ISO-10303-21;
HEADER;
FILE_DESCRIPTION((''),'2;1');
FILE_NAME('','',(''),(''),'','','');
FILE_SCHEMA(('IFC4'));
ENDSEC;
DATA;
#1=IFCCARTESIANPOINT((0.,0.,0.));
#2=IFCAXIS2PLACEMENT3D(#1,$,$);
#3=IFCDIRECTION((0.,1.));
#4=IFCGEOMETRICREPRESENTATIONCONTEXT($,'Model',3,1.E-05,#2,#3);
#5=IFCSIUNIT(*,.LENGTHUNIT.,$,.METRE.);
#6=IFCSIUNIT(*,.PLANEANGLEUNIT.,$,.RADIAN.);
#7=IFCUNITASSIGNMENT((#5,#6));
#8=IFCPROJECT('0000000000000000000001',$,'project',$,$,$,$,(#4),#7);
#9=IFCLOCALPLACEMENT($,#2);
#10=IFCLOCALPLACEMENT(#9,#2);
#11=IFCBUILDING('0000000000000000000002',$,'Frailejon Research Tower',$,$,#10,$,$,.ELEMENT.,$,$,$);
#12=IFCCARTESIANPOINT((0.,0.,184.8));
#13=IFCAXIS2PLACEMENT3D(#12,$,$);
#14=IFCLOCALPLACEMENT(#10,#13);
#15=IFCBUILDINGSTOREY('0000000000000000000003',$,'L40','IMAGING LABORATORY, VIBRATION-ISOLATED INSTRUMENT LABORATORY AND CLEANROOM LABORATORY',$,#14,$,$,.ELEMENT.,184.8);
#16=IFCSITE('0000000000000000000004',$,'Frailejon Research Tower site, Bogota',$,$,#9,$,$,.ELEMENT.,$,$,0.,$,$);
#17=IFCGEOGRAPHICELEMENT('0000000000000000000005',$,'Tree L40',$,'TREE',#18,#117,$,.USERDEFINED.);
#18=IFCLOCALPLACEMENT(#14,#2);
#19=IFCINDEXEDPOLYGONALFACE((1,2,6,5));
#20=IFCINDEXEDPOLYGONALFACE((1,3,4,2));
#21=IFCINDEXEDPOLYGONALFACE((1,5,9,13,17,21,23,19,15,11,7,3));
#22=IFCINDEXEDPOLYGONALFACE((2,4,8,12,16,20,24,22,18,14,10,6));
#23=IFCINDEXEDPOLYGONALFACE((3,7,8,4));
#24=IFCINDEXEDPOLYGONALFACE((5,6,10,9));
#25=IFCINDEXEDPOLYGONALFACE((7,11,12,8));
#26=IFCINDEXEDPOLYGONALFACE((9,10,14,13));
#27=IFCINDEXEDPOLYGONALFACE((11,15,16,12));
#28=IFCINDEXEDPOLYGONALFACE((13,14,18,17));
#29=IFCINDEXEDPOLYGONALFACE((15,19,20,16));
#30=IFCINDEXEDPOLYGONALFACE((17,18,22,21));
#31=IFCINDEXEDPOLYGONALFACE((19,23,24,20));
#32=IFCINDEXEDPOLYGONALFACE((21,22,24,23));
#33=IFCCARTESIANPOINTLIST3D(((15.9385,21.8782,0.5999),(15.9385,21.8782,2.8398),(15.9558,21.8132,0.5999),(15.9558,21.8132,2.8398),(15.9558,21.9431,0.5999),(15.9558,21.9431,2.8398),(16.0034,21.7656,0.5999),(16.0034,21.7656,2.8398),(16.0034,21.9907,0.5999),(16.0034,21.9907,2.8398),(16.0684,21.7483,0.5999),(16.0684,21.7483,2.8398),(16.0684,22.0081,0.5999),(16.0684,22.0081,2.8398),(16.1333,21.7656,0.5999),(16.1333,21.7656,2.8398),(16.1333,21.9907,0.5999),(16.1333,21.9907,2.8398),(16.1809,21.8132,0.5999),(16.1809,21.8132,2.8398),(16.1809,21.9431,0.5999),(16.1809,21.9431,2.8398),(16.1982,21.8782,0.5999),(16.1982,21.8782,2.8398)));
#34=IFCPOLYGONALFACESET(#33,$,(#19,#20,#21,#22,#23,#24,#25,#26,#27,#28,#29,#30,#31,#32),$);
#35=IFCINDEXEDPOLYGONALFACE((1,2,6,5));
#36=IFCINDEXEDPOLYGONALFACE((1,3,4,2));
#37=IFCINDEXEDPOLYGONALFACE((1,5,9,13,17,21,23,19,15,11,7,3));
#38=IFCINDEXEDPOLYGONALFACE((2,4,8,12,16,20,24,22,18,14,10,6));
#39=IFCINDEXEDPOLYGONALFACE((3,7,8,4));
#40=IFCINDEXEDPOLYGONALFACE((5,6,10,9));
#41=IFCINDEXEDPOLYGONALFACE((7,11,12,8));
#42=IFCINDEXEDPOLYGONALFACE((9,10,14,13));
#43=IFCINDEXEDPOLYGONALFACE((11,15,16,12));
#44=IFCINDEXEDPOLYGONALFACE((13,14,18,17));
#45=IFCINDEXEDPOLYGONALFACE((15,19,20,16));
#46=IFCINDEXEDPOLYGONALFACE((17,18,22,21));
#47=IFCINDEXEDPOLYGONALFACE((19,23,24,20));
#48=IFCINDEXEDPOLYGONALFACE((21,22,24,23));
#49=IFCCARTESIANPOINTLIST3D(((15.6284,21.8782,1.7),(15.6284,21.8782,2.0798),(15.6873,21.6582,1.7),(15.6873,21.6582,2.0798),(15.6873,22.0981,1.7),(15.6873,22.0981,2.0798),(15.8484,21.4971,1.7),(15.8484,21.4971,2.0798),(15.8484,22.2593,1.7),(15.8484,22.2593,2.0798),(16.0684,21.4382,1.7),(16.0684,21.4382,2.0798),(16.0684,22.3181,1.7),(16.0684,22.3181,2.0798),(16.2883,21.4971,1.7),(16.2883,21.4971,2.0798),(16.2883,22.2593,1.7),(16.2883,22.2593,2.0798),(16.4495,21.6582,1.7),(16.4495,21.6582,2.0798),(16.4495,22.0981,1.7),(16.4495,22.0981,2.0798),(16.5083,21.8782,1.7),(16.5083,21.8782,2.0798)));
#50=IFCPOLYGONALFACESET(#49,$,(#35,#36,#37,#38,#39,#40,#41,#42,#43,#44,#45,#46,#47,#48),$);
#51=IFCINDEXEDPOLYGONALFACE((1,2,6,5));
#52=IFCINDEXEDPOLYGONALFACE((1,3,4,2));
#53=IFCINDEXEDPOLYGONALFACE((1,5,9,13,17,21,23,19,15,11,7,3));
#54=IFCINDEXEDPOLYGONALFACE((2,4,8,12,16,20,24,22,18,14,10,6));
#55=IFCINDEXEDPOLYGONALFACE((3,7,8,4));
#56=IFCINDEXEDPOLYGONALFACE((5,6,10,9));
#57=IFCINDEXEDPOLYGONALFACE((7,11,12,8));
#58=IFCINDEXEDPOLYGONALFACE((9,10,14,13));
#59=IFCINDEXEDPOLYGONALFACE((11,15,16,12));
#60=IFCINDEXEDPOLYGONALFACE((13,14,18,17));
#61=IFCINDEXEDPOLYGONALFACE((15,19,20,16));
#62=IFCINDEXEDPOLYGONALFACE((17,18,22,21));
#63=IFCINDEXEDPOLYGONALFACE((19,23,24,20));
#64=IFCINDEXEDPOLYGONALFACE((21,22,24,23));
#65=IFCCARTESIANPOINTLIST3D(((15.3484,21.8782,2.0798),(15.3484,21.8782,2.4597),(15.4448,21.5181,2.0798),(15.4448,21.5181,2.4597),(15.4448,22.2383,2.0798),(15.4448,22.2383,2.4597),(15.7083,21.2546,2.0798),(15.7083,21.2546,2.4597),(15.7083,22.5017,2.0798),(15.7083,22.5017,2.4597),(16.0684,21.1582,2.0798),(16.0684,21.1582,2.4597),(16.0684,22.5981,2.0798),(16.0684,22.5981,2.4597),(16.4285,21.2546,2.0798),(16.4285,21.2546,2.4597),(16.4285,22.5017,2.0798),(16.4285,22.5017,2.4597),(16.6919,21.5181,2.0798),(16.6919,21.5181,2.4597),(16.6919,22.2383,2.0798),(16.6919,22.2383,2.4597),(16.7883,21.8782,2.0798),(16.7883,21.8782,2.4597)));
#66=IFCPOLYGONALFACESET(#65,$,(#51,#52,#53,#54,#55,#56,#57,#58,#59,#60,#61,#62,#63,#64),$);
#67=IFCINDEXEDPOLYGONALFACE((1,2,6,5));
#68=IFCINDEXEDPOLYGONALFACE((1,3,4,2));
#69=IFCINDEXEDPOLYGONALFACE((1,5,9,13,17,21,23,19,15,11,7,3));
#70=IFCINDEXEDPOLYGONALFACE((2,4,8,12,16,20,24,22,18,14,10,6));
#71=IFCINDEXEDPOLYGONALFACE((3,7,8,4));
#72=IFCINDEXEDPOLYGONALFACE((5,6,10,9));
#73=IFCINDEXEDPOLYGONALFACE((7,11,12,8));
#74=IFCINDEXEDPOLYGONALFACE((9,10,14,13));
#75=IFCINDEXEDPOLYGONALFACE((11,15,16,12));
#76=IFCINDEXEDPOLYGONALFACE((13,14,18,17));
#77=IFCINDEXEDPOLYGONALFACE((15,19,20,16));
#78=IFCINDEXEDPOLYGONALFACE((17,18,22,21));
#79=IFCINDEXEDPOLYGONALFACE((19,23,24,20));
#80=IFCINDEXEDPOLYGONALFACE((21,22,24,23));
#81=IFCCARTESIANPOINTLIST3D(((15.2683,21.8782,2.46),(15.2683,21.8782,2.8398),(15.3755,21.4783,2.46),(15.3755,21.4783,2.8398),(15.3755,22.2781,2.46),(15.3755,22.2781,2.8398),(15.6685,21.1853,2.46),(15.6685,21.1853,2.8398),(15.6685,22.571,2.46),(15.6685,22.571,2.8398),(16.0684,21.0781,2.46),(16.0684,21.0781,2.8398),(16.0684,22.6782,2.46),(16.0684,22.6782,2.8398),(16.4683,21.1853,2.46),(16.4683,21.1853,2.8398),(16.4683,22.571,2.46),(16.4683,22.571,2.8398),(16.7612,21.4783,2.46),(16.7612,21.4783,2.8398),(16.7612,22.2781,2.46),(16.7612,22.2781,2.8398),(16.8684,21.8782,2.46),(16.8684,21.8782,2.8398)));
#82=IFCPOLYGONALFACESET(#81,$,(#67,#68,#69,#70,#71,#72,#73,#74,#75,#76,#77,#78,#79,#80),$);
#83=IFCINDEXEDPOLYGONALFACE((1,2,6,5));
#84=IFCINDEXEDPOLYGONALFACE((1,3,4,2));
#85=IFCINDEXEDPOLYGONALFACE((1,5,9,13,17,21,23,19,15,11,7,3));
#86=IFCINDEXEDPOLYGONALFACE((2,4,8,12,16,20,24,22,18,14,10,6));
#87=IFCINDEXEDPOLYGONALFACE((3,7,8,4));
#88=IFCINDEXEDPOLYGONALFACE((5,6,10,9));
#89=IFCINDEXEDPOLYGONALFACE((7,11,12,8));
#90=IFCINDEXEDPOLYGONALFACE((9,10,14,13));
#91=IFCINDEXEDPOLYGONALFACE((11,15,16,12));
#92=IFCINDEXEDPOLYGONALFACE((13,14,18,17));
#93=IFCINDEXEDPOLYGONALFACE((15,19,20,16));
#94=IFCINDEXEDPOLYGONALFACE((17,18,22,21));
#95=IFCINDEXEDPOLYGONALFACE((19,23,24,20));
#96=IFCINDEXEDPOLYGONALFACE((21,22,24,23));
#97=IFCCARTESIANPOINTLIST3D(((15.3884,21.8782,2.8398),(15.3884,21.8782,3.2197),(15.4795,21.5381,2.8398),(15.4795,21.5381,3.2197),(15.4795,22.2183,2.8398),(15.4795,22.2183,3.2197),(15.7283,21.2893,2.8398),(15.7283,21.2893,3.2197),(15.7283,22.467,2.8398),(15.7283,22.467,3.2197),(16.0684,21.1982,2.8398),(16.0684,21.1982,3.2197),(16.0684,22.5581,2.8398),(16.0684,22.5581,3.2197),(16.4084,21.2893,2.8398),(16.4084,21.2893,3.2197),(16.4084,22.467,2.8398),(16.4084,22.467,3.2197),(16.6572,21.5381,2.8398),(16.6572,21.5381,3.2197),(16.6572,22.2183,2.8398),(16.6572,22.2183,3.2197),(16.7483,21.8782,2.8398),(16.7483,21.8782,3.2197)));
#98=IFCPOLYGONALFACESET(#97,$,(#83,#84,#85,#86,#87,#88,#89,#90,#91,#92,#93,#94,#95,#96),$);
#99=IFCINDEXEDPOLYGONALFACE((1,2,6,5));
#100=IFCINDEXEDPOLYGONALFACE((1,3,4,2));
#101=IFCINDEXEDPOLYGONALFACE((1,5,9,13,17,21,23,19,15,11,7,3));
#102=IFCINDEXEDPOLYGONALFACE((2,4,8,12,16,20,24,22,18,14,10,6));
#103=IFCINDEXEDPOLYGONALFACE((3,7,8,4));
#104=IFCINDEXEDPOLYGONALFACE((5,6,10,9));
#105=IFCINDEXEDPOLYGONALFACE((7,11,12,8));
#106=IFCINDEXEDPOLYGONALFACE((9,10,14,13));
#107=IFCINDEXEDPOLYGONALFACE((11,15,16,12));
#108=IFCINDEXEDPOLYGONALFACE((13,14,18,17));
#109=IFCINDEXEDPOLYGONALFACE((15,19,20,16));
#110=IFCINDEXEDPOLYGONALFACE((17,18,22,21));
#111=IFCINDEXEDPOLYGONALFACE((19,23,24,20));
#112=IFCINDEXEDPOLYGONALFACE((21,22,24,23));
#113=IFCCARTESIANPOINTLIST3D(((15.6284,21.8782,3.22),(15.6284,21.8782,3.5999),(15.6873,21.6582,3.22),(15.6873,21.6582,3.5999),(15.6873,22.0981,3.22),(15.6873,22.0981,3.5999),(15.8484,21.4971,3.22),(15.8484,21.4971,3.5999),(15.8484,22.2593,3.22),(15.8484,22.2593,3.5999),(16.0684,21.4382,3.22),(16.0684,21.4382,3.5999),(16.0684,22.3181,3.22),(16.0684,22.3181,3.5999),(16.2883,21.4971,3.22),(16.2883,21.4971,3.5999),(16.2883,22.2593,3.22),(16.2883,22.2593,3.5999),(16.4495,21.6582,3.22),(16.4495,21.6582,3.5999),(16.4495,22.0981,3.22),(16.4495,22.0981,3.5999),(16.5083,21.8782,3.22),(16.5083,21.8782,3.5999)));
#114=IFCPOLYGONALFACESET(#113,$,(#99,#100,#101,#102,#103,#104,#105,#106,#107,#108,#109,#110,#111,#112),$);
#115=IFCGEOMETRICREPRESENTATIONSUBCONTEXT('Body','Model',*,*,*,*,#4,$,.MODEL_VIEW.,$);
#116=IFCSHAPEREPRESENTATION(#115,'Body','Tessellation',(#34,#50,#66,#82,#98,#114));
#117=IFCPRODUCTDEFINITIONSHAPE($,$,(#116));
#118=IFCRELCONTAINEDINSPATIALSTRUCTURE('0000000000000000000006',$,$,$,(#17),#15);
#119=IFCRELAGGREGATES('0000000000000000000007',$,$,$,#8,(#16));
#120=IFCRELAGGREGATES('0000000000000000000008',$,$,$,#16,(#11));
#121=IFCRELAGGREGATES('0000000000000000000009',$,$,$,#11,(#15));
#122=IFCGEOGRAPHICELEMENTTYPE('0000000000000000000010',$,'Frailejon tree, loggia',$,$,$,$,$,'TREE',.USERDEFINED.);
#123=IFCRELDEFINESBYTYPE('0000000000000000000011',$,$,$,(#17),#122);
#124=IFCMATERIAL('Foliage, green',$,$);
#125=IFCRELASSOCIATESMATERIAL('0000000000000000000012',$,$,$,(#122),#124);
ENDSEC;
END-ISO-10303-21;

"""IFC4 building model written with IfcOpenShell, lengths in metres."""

from ifc_helpers import new_model, si_unit, direction, frame, origin, place, context, subcontext, project, spatial, polyline, outline, extrude, material, type_object, element, save


model = new_model("IFC4")

# Units and contexts
model_context = context("Model", 3, precision=1e-05, world=origin(), true_north=direction((0.0, 1.0)))
body_context = subcontext(model_context, "Body", "Model", "MODEL_VIEW")
ifc_project = project(units=[si_unit("LENGTHUNIT", "METRE"), si_unit("PLANEANGLEUNIT", "RADIAN")], contexts=[model_context])

# Site, building, storey
site_placement = place(None, origin())
site = spatial("IfcSite", under=ifc_project, at=site_placement, Name="Frailejon Research Tower site, Bogota", CompositionType="ELEMENT", RefElevation=0.0)
building_placement = place(site_placement, origin())
building = spatial("IfcBuilding", under=site, at=building_placement, Name="Frailejon Research Tower", CompositionType="ELEMENT")
storey_placement = place(building_placement, frame((0.0, 0.0, 184.8)))
storey = spatial("IfcBuildingStorey", under=building, at=storey_placement, Name="L40", Description="IMAGING LABORATORY, VIBRATION-ISOLATED INSTRUMENT LABORATORY AND CLEANROOM LABORATORY", CompositionType="ELEMENT", Elevation=184.8)

# Geographic element
ifc_material_1 = material(Name="Foliage, green")
geographic_element_type = type_object("IfcGeographicElementType", Name="Frailejon tree, loggia", ElementType="TREE", PredefinedType="USERDEFINED", material=ifc_material_1)
geographic_element_placement = place(storey_placement, frame((16.0684, 21.8782, 0.5999)))
element("IfcGeographicElement", 1, at=geographic_element_placement, inside=storey, type_object=geographic_element_type, Name="Tree L40", ObjectType="TREE", PredefinedType="USERDEFINED", context=body_context, shape_type="SweptSolid", body=[
    extrude(outline(polyline([(0.1299, 0.0), (0.1125, 0.0649), (0.0649, 0.1125), (0.0, 0.1299), (-0.0649, 0.1125), (-0.1125, 0.0649), (-0.1299, 0.0), (-0.1125, -0.0649), (-0.0649, -0.1125), (0.0, -0.1299), (0.0649, -0.1125), (0.1125, -0.0649), (0.1299, 0.0)])), origin(), (0.0, 0.0, 1.0), 2.24),
    extrude(outline(polyline([(0.4399, 0.0), (0.3811, 0.22), (0.22, 0.3811), (0.0, 0.4399), (-0.22, 0.3811), (-0.3811, 0.22), (-0.4399, 0.0), (-0.3811, -0.22), (-0.22, -0.3811), (0.0, -0.4399), (0.22, -0.3811), (0.3811, -0.22), (0.4399, 0.0)])), frame((0.0, 0.0, 1.1001)), (0.0, 0.0, 1.0), 0.3799),
    extrude(outline(polyline([(0.72, 0.0), (0.6235, 0.3601), (0.3601, 0.6235), (0.0, 0.72), (-0.3601, 0.6235), (-0.6235, 0.3601), (-0.72, 0.0), (-0.6235, -0.3601), (-0.3601, -0.6235), (0.0, -0.72), (0.3601, -0.6235), (0.6235, -0.3601), (0.72, 0.0)])), frame((0.0, 0.0, 1.48)), (0.0, 0.0, 1.0), 0.3799),
    extrude(outline(polyline([(0.8, 0.0), (0.6929, 0.3999), (0.3999, 0.6929), (0.0, 0.8), (-0.3999, 0.6929), (-0.6929, 0.3999), (-0.8, 0.0), (-0.6929, -0.3999), (-0.3999, -0.6929), (0.0, -0.8), (0.3999, -0.6929), (0.6929, -0.3999), (0.8, 0.0)])), frame((0.0, 0.0, 1.8601)), (0.0, 0.0, 1.0), 0.3799),
    extrude(outline(polyline([(0.6799, 0.0), (0.5889, 0.3401), (0.3401, 0.5889), (0.0, 0.6799), (-0.3401, 0.5889), (-0.5889, 0.3401), (-0.6799, 0.0), (-0.5889, -0.3401), (-0.3401, -0.5889), (0.0, -0.6799), (0.3401, -0.5889), (0.5889, -0.3401), (0.6799, 0.0)])), frame((0.0, 0.0, 2.24)), (0.0, 0.0, 1.0), 0.3799),
    extrude(outline(polyline([(0.4399, 0.0), (0.3811, 0.22), (0.22, 0.3811), (0.0, 0.4399), (-0.22, 0.3811), (-0.3811, 0.22), (-0.4399, 0.0), (-0.3811, -0.22), (-0.22, -0.3811), (0.0, -0.4399), (0.22, -0.3811), (0.3811, -0.22), (0.4399, 0.0)])), frame((0.0, 0.0, 2.6201)), (0.0, 0.0, 1.0), 0.3799),
])

save(model, "model.ifc")
